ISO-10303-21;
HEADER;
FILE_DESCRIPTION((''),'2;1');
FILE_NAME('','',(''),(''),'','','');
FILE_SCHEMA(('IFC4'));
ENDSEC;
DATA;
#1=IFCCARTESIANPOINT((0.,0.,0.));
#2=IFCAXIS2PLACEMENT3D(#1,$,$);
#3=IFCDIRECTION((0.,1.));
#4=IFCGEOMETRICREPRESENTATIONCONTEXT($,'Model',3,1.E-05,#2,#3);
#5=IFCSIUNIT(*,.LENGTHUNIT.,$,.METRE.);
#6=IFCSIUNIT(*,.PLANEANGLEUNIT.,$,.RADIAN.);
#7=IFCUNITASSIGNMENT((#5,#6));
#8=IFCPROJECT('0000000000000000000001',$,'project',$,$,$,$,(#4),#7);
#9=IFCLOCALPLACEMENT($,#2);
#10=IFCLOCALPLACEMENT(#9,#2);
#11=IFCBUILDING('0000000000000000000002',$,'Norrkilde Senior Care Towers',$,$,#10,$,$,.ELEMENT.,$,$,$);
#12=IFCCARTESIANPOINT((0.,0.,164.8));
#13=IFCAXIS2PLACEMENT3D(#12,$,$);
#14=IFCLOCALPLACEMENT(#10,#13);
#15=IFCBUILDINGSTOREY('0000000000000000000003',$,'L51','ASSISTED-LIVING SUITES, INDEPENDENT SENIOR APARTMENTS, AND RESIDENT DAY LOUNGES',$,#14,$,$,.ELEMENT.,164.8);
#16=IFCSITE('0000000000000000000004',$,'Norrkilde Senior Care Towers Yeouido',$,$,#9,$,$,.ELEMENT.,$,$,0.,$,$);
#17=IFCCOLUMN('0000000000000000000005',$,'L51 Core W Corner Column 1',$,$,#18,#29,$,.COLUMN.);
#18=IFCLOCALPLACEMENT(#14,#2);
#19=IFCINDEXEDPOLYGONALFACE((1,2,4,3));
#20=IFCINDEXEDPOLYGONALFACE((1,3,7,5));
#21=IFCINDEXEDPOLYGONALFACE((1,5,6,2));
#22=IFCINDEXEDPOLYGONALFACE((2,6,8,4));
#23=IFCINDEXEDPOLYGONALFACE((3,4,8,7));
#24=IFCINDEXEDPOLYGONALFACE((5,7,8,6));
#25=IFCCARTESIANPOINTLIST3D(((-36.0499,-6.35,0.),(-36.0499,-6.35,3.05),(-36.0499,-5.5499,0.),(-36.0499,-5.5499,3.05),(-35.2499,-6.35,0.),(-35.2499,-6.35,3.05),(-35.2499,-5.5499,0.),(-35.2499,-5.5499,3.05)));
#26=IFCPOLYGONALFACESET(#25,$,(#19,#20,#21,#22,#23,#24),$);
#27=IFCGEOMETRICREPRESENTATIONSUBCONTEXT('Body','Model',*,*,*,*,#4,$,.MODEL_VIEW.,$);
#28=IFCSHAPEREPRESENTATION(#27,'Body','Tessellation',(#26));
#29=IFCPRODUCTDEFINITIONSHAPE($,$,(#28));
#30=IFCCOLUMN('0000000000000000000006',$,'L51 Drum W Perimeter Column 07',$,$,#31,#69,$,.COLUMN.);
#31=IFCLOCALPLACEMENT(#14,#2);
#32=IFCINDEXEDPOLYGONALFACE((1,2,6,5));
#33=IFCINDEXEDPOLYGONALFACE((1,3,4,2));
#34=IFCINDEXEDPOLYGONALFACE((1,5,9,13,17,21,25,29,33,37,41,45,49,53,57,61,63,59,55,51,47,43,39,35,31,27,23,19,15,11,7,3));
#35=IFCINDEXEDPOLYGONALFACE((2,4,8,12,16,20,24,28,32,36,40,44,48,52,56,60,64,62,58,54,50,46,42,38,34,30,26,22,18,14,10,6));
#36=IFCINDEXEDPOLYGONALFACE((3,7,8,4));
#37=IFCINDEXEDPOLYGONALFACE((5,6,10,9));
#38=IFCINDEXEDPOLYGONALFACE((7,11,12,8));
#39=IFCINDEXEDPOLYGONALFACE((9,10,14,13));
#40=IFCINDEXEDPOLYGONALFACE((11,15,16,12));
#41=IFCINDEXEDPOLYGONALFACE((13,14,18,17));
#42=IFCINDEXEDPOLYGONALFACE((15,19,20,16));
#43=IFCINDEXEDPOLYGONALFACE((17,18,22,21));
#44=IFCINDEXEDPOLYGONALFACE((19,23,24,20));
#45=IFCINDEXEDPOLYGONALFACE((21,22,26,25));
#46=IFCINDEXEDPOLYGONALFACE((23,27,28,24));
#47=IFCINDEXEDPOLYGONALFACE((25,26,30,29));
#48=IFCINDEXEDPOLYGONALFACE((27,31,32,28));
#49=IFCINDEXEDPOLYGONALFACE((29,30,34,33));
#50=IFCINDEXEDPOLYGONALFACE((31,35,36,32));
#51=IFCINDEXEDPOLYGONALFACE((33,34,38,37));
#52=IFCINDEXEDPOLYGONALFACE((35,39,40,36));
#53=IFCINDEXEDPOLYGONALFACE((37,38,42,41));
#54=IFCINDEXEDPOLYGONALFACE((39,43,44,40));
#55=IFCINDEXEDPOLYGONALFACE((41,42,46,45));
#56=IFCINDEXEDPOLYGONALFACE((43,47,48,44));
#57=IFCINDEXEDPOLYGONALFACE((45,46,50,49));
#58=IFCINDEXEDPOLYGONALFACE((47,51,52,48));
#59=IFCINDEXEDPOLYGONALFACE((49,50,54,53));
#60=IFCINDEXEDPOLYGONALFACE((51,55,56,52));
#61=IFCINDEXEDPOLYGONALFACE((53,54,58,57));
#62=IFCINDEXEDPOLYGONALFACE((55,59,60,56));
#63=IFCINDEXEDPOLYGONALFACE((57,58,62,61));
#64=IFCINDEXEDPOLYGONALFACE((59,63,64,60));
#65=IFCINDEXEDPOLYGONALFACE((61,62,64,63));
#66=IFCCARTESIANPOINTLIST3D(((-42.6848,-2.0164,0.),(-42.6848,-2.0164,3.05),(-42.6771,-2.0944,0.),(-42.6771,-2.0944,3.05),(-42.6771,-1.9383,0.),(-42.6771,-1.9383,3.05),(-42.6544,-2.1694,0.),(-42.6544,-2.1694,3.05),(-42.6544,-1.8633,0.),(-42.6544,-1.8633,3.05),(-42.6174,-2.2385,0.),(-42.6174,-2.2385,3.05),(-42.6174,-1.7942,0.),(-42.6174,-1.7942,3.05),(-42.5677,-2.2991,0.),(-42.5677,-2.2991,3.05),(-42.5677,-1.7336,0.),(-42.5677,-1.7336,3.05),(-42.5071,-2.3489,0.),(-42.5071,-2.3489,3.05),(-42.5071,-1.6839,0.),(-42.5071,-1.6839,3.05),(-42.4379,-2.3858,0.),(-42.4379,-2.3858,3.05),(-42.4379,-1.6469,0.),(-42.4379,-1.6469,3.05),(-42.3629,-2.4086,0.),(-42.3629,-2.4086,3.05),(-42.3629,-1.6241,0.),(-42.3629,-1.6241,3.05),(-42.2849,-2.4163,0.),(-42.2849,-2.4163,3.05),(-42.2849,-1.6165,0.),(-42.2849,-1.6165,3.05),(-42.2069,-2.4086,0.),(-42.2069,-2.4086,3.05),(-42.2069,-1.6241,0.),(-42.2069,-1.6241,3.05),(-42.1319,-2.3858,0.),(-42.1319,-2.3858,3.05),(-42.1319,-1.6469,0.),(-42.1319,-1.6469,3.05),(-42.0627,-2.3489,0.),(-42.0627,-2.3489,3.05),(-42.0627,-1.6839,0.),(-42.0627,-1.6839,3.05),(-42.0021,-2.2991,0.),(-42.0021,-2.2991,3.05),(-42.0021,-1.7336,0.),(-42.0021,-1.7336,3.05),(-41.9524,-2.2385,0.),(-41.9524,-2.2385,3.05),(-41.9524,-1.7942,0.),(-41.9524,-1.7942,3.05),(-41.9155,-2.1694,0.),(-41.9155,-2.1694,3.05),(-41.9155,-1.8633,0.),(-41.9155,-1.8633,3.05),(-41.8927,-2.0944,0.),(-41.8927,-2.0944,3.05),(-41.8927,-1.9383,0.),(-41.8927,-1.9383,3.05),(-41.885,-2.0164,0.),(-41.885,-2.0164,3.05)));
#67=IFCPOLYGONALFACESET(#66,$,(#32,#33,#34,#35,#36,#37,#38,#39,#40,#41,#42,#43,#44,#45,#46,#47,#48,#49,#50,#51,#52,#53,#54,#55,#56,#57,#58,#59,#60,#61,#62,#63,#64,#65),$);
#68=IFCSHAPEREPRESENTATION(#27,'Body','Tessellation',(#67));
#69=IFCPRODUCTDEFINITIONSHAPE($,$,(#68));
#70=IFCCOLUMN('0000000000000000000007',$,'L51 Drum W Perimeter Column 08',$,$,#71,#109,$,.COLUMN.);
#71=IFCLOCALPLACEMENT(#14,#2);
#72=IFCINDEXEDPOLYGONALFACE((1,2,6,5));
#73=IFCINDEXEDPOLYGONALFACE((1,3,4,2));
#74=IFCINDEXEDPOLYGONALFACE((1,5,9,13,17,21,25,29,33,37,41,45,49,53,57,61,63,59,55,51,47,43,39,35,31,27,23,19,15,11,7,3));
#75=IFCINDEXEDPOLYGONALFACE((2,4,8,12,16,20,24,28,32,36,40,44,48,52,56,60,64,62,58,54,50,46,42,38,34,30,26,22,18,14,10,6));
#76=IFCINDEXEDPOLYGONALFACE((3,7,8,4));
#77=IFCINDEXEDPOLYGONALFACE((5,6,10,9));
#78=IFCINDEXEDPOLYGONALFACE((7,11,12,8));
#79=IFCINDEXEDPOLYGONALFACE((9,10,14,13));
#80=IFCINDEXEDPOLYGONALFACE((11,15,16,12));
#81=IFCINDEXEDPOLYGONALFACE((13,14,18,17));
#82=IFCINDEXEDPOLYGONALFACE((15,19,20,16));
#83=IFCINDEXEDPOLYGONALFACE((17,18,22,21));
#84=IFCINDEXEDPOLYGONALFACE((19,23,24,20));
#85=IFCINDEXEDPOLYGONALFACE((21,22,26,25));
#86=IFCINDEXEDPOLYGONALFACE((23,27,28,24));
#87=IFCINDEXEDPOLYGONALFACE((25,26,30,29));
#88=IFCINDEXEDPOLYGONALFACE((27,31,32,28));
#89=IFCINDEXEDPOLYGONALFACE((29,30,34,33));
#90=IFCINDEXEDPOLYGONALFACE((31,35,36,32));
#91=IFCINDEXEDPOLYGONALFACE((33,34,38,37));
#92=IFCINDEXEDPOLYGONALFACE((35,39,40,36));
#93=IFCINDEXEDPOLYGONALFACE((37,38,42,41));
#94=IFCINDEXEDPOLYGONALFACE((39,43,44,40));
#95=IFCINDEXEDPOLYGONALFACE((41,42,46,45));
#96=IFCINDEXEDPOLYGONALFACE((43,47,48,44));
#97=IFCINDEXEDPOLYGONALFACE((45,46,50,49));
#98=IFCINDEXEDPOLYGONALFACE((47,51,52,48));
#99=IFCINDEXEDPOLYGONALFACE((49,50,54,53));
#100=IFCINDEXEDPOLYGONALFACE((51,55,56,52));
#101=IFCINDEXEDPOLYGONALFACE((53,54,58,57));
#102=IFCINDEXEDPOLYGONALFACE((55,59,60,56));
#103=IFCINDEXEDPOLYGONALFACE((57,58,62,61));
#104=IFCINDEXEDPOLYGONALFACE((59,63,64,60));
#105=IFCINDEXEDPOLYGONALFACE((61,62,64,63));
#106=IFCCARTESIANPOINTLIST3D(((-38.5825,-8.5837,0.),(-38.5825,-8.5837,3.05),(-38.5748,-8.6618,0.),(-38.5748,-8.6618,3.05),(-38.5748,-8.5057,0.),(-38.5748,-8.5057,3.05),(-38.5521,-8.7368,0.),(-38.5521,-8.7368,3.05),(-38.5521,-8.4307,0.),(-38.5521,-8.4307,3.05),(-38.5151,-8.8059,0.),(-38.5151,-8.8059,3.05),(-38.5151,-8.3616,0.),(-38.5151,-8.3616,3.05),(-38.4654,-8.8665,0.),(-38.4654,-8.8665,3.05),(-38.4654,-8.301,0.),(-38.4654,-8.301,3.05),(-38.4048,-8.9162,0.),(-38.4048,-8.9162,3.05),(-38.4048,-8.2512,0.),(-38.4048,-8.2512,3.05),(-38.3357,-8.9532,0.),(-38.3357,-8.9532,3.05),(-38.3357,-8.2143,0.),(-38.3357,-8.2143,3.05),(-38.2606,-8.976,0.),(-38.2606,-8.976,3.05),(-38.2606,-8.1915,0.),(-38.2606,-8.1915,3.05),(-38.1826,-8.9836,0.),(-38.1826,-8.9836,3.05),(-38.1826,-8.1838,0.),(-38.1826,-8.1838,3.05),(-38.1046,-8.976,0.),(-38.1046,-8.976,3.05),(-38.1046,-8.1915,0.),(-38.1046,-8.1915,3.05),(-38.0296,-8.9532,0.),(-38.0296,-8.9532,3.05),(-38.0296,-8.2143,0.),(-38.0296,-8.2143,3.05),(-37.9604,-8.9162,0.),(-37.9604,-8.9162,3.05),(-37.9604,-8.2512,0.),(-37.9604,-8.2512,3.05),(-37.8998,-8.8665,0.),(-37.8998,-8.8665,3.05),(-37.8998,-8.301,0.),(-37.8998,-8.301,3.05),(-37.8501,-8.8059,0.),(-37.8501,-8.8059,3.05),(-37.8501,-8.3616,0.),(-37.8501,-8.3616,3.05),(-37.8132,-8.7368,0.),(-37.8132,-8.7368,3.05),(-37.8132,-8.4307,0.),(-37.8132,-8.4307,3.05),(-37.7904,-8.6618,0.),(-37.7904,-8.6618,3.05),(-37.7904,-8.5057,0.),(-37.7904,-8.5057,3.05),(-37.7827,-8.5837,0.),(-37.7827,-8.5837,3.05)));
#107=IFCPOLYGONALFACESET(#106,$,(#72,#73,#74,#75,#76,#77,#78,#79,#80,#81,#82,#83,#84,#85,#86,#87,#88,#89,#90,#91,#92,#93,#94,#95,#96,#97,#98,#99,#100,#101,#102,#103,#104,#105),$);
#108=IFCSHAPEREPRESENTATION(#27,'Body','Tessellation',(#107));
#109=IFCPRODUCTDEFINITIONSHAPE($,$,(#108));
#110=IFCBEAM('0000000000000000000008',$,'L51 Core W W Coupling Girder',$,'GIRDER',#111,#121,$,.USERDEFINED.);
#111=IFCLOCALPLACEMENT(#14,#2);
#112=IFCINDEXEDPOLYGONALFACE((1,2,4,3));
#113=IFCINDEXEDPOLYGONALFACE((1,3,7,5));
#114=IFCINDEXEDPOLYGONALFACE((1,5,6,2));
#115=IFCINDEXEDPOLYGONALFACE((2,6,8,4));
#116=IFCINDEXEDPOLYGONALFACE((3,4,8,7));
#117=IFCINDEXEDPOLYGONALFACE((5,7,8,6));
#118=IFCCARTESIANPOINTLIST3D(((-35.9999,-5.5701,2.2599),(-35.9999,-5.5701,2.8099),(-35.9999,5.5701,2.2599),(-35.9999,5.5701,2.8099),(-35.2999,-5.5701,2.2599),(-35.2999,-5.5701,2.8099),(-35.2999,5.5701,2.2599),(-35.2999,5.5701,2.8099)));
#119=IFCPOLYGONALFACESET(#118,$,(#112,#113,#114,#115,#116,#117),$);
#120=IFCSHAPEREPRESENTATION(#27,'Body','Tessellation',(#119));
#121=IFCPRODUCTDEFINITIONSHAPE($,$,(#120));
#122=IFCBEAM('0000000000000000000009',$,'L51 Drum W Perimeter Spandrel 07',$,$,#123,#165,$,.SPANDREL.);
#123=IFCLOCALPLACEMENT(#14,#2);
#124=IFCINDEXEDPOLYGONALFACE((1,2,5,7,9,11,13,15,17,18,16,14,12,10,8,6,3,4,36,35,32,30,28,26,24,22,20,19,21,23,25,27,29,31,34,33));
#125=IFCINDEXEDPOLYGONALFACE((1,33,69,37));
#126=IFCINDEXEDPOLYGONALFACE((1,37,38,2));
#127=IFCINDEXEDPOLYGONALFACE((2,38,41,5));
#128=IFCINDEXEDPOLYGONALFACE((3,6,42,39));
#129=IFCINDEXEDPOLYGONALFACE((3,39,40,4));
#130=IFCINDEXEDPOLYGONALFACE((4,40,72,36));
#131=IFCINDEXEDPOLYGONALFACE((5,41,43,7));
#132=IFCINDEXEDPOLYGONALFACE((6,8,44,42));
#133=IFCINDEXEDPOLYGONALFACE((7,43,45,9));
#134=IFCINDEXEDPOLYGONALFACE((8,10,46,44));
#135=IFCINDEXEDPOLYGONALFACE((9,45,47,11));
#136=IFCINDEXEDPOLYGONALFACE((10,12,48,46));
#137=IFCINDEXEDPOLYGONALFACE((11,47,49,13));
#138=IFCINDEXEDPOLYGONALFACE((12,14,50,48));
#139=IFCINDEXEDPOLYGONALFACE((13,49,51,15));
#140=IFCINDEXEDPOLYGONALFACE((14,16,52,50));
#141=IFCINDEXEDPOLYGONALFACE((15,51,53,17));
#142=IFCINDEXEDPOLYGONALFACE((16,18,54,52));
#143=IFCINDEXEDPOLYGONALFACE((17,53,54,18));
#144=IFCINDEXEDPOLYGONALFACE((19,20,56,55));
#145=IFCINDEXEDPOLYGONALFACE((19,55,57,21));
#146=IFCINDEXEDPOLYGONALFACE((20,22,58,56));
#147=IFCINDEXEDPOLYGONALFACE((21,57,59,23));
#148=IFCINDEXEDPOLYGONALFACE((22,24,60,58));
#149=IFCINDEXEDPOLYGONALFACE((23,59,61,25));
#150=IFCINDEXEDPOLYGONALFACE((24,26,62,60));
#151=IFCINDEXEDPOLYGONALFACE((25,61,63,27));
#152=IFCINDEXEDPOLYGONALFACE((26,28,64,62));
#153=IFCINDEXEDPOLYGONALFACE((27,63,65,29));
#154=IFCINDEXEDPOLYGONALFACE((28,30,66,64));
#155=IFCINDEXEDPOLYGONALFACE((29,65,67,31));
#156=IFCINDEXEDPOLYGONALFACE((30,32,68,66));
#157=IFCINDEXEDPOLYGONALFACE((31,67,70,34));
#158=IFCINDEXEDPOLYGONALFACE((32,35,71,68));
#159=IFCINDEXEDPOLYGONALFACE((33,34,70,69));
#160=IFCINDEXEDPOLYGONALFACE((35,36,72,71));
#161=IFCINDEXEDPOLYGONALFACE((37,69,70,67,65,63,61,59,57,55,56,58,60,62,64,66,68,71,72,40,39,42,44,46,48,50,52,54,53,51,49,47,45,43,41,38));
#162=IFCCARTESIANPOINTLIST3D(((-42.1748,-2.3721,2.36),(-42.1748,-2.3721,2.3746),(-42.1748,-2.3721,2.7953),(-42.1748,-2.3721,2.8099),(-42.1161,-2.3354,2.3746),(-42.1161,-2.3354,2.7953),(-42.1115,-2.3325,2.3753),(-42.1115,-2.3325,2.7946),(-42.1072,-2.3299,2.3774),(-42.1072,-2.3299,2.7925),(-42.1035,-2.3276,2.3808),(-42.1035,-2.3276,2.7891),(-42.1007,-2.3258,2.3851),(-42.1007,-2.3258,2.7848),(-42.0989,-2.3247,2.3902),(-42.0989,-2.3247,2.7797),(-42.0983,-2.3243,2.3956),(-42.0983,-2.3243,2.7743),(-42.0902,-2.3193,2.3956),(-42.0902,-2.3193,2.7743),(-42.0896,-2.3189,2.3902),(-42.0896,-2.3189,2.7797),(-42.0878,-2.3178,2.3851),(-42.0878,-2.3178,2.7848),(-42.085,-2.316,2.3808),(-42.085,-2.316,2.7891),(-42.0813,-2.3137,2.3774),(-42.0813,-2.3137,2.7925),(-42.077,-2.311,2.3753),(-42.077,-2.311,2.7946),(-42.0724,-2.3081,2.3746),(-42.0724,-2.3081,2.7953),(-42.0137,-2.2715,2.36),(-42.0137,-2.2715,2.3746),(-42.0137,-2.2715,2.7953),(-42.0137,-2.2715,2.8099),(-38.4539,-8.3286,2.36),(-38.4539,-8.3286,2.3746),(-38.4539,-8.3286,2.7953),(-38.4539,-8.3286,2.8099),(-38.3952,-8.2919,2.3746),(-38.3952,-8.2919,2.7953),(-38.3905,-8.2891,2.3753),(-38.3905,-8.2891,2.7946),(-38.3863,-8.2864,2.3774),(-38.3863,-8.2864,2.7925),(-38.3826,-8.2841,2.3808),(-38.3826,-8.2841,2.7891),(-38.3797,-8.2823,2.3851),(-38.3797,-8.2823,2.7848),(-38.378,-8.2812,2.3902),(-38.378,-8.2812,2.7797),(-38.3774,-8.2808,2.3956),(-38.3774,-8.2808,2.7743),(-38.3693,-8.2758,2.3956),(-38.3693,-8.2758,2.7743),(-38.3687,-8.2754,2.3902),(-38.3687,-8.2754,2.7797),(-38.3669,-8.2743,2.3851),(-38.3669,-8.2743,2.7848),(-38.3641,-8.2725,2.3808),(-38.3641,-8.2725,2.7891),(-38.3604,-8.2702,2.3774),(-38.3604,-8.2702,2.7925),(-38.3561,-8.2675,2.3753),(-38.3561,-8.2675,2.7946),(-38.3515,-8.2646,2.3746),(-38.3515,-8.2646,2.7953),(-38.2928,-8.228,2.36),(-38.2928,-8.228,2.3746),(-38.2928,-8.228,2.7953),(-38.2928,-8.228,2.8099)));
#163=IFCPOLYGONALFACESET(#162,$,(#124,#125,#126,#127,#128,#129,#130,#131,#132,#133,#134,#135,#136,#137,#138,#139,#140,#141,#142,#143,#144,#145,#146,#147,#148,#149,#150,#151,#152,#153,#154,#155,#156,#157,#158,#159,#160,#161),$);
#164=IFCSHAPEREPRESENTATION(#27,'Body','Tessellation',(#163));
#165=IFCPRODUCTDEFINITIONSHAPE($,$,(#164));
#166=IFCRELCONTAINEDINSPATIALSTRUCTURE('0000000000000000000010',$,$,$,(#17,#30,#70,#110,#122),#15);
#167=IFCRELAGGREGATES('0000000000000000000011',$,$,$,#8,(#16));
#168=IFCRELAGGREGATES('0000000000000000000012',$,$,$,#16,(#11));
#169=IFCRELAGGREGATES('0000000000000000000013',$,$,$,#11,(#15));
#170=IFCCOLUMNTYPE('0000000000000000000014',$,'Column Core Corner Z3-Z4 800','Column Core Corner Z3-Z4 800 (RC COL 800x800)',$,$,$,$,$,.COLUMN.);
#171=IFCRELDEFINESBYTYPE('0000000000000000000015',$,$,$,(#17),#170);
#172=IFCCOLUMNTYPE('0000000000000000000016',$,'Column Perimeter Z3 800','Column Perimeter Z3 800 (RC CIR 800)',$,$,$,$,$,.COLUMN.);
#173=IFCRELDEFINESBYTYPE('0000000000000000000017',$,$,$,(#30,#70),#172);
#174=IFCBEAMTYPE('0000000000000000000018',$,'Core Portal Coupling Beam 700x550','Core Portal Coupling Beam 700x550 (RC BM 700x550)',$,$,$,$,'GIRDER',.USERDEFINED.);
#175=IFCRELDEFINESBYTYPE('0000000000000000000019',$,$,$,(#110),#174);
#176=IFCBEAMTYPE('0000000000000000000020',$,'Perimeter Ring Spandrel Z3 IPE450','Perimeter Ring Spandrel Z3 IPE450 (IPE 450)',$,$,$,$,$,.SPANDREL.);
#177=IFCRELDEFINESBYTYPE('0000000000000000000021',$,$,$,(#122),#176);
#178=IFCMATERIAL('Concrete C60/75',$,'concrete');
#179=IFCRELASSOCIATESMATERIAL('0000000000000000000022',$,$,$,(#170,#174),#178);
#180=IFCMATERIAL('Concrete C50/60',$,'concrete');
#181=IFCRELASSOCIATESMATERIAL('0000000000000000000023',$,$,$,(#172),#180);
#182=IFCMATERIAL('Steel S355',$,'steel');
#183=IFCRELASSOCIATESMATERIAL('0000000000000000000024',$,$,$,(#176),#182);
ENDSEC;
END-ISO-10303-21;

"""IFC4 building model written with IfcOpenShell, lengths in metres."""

from ifc_helpers import new_model, si_unit, direction, frame, origin, origin_2d, place, context, subcontext, project, spatial, rectangle, circle, i_section, extrude, source, transform, mapped, material, material_profile, profile_set, type_object, type_shapes, element, save


model = new_model("IFC4")

# Units and contexts
model_context = context("Model", 3, precision=1e-05, world=origin(), true_north=direction((0.0, 1.0)))
body_context = subcontext(model_context, "Body", "Model", "MODEL_VIEW")
ifc_project = project(units=[si_unit("LENGTHUNIT", "METRE"), si_unit("PLANEANGLEUNIT", "RADIAN")], contexts=[model_context])

# Site, building, storey
site_placement = place(None, origin())
site = spatial("IfcSite", under=ifc_project, at=site_placement, Name="Norrkilde Senior Care Towers Yeouido", CompositionType="ELEMENT", RefElevation=0.0)
building_placement = place(site_placement, origin())
building = spatial("IfcBuilding", under=site, at=building_placement, Name="Norrkilde Senior Care Towers", CompositionType="ELEMENT")
storey_placement = place(building_placement, frame((0.0, 0.0, 164.8)))
storey = spatial("IfcBuildingStorey", under=building, at=storey_placement, Name="L51", Description="ASSISTED-LIVING SUITES, INDEPENDENT SENIOR APARTMENTS, AND RESIDENT DAY LOUNGES", CompositionType="ELEMENT", Elevation=164.8)

# Columns
ifc_material_1 = material(Name="Concrete C60/75", Category="concrete")
ifc_material_profile_1 = material_profile(ifc_material_1, rectangle(XDim=0.8, YDim=0.8, at=origin_2d()), Name="RC COL 800x800")
ifc_profile_set_1 = profile_set([ifc_material_profile_1], Name="Concrete C60/75")
column_type_1 = type_object("IfcColumnType", Name="Column Core Corner Z3-Z4 800", Description="Column Core Corner Z3-Z4 800 (RC COL 800x800)", PredefinedType="COLUMN", material=ifc_profile_set_1)
shared_shape_1 = source(origin(), body_context, "Body", "SweptSolid", [
    extrude(rectangle(XDim=0.8, YDim=0.8, at=origin_2d()), origin(), (0.0, 0.0, 1.0), 3.05),
])
type_shapes(column_type_1, [shared_shape_1])
column_placement = place(storey_placement, frame((-35.6499, -5.95, 0.0), z_axis=(0.0, 0.0, 1.0), x_axis=(1.0, 0.0, 0.0)))
element("IfcColumn", 1, at=column_placement, inside=storey, type_object=column_type_1, Name="L51 Core W Corner Column 1", PredefinedType="COLUMN", context=body_context, shape_type="MappedRepresentation", body=[
    mapped(shared_shape_1, transform((0.0, 0.0, 0.0), x_axis=(1.0, 0.0, 0.0), y_axis=(0.0, 1.0, 0.0), z_axis=(0.0, 0.0, 1.0), scale=1.0)),
])
ifc_material_2 = material(Name="Concrete C50/60", Category="concrete")
ifc_material_profile_2 = material_profile(ifc_material_2, circle(Radius=0.3999, at=origin_2d()), Name="RC CIR 800")
ifc_profile_set_2 = profile_set([ifc_material_profile_2], Name="Concrete C50/60")
column_type_2 = type_object("IfcColumnType", Name="Column Perimeter Z3 800", Description="Column Perimeter Z3 800 (RC CIR 800)", PredefinedType="COLUMN", material=ifc_profile_set_2)
shared_shape_2 = source(origin(), body_context, "Body", "SweptSolid", [
    extrude(circle(Radius=0.3999, at=origin_2d()), origin(), (0.0, 0.0, 1.0), 3.05),
])
type_shapes(column_type_2, [shared_shape_2])
for number, where, z_axis, x_axis, name in (
    (2, (-42.2849, -2.0164, 0.0), (0.0, 0.0, 1.0), (1.0, 0.0, 0.0), "L51 Drum W Perimeter Column 07"),
    (3, (-38.1826, -8.5837, 0.0), (0.0, 0.0, 1.0), (1.0, 0.0, 0.0), "L51 Drum W Perimeter Column 08"),
):
    element("IfcColumn", number, at=place(storey_placement, frame(where, z_axis=z_axis, x_axis=x_axis)), inside=storey, type_object=column_type_2, Name=name, PredefinedType="COLUMN", context=body_context, shape_type="MappedRepresentation", body=[
        mapped(shared_shape_2, transform((0.0, 0.0, 0.0), x_axis=(1.0, 0.0, 0.0), y_axis=(0.0, 1.0, 0.0), z_axis=(0.0, 0.0, 1.0), scale=1.0)),
    ])

# Beams
ifc_material_profile_3 = material_profile(ifc_material_1, rectangle(XDim=0.7, YDim=0.55, at=origin_2d()), Name="RC BM 700x550")
ifc_profile_set_3 = profile_set([ifc_material_profile_3], Name="Concrete C60/75")
beam_type_1 = type_object("IfcBeamType", Name="Core Portal Coupling Beam 700x550", Description="Core Portal Coupling Beam 700x550 (RC BM 700x550)", ElementType="GIRDER", PredefinedType="USERDEFINED", material=ifc_profile_set_3)
shared_shape_3 = source(origin(), body_context, "Body", "SweptSolid", [
    extrude(rectangle(XDim=0.7, YDim=0.55, at=origin_2d()), origin(), (0.0, 0.0, 1.0), 11.1401),
])
type_shapes(beam_type_1, [shared_shape_3])
beam_1_placement = place(storey_placement, frame((-35.6499, -5.5701, 2.5349), z_axis=(0.0, 1.0, 0.0), x_axis=(-1.0, 0.0, 0.0)))
element("IfcBeam", 4, at=beam_1_placement, inside=storey, type_object=beam_type_1, Name="L51 Core W W Coupling Girder", ObjectType="GIRDER", PredefinedType="USERDEFINED", context=body_context, shape_type="MappedRepresentation", body=[
    mapped(shared_shape_3, transform((0.0, 0.0, 0.0), x_axis=(1.0, 0.0, 0.0), y_axis=(0.0, 1.0, 0.0), z_axis=(0.0, 0.0, 1.0), scale=1.0)),
])
ifc_material_3 = material(Name="Steel S355", Category="steel")
ifc_material_profile_4 = material_profile(ifc_material_3, i_section(OverallWidth=0.1899, OverallDepth=0.45, WebThickness=0.0095, FlangeThickness=0.0146, FilletRadius=0.021, at=origin_2d()), Name="IPE 450")
ifc_profile_set_4 = profile_set([ifc_material_profile_4], Name="Steel S355")
beam_type_2 = type_object("IfcBeamType", Name="Perimeter Ring Spandrel Z3 IPE450", Description="Perimeter Ring Spandrel Z3 IPE450 (IPE 450)", PredefinedType="SPANDREL", material=ifc_profile_set_4)
shared_shape_4 = source(origin(), body_context, "Body", "SweptSolid", [
    extrude(i_section(OverallWidth=0.1899, OverallDepth=0.45, WebThickness=0.0095, FlangeThickness=0.0146, FilletRadius=0.021, at=origin_2d()), origin(), (0.0, 0.0, 1.0), 7.0232),
])
beam_2_placement = place(storey_placement, frame((-42.0942, -2.3218, 2.585), z_axis=(0.529805, -0.848119, 0.0), x_axis=(0.848119, 0.529805, 0.0)))
element("IfcBeam", 5, at=beam_2_placement, inside=storey, type_object=beam_type_2, Name="L51 Drum W Perimeter Spandrel 07", PredefinedType="SPANDREL", context=body_context, shape_type="MappedRepresentation", body=[
    mapped(shared_shape_4, transform((0.0, 0.0, 0.0), x_axis=(1.0, 0.0, 0.0), y_axis=(0.0, 1.0, 0.0), z_axis=(0.0, 0.0, 1.0), scale=1.0)),
])

save(model, "model.ifc")
